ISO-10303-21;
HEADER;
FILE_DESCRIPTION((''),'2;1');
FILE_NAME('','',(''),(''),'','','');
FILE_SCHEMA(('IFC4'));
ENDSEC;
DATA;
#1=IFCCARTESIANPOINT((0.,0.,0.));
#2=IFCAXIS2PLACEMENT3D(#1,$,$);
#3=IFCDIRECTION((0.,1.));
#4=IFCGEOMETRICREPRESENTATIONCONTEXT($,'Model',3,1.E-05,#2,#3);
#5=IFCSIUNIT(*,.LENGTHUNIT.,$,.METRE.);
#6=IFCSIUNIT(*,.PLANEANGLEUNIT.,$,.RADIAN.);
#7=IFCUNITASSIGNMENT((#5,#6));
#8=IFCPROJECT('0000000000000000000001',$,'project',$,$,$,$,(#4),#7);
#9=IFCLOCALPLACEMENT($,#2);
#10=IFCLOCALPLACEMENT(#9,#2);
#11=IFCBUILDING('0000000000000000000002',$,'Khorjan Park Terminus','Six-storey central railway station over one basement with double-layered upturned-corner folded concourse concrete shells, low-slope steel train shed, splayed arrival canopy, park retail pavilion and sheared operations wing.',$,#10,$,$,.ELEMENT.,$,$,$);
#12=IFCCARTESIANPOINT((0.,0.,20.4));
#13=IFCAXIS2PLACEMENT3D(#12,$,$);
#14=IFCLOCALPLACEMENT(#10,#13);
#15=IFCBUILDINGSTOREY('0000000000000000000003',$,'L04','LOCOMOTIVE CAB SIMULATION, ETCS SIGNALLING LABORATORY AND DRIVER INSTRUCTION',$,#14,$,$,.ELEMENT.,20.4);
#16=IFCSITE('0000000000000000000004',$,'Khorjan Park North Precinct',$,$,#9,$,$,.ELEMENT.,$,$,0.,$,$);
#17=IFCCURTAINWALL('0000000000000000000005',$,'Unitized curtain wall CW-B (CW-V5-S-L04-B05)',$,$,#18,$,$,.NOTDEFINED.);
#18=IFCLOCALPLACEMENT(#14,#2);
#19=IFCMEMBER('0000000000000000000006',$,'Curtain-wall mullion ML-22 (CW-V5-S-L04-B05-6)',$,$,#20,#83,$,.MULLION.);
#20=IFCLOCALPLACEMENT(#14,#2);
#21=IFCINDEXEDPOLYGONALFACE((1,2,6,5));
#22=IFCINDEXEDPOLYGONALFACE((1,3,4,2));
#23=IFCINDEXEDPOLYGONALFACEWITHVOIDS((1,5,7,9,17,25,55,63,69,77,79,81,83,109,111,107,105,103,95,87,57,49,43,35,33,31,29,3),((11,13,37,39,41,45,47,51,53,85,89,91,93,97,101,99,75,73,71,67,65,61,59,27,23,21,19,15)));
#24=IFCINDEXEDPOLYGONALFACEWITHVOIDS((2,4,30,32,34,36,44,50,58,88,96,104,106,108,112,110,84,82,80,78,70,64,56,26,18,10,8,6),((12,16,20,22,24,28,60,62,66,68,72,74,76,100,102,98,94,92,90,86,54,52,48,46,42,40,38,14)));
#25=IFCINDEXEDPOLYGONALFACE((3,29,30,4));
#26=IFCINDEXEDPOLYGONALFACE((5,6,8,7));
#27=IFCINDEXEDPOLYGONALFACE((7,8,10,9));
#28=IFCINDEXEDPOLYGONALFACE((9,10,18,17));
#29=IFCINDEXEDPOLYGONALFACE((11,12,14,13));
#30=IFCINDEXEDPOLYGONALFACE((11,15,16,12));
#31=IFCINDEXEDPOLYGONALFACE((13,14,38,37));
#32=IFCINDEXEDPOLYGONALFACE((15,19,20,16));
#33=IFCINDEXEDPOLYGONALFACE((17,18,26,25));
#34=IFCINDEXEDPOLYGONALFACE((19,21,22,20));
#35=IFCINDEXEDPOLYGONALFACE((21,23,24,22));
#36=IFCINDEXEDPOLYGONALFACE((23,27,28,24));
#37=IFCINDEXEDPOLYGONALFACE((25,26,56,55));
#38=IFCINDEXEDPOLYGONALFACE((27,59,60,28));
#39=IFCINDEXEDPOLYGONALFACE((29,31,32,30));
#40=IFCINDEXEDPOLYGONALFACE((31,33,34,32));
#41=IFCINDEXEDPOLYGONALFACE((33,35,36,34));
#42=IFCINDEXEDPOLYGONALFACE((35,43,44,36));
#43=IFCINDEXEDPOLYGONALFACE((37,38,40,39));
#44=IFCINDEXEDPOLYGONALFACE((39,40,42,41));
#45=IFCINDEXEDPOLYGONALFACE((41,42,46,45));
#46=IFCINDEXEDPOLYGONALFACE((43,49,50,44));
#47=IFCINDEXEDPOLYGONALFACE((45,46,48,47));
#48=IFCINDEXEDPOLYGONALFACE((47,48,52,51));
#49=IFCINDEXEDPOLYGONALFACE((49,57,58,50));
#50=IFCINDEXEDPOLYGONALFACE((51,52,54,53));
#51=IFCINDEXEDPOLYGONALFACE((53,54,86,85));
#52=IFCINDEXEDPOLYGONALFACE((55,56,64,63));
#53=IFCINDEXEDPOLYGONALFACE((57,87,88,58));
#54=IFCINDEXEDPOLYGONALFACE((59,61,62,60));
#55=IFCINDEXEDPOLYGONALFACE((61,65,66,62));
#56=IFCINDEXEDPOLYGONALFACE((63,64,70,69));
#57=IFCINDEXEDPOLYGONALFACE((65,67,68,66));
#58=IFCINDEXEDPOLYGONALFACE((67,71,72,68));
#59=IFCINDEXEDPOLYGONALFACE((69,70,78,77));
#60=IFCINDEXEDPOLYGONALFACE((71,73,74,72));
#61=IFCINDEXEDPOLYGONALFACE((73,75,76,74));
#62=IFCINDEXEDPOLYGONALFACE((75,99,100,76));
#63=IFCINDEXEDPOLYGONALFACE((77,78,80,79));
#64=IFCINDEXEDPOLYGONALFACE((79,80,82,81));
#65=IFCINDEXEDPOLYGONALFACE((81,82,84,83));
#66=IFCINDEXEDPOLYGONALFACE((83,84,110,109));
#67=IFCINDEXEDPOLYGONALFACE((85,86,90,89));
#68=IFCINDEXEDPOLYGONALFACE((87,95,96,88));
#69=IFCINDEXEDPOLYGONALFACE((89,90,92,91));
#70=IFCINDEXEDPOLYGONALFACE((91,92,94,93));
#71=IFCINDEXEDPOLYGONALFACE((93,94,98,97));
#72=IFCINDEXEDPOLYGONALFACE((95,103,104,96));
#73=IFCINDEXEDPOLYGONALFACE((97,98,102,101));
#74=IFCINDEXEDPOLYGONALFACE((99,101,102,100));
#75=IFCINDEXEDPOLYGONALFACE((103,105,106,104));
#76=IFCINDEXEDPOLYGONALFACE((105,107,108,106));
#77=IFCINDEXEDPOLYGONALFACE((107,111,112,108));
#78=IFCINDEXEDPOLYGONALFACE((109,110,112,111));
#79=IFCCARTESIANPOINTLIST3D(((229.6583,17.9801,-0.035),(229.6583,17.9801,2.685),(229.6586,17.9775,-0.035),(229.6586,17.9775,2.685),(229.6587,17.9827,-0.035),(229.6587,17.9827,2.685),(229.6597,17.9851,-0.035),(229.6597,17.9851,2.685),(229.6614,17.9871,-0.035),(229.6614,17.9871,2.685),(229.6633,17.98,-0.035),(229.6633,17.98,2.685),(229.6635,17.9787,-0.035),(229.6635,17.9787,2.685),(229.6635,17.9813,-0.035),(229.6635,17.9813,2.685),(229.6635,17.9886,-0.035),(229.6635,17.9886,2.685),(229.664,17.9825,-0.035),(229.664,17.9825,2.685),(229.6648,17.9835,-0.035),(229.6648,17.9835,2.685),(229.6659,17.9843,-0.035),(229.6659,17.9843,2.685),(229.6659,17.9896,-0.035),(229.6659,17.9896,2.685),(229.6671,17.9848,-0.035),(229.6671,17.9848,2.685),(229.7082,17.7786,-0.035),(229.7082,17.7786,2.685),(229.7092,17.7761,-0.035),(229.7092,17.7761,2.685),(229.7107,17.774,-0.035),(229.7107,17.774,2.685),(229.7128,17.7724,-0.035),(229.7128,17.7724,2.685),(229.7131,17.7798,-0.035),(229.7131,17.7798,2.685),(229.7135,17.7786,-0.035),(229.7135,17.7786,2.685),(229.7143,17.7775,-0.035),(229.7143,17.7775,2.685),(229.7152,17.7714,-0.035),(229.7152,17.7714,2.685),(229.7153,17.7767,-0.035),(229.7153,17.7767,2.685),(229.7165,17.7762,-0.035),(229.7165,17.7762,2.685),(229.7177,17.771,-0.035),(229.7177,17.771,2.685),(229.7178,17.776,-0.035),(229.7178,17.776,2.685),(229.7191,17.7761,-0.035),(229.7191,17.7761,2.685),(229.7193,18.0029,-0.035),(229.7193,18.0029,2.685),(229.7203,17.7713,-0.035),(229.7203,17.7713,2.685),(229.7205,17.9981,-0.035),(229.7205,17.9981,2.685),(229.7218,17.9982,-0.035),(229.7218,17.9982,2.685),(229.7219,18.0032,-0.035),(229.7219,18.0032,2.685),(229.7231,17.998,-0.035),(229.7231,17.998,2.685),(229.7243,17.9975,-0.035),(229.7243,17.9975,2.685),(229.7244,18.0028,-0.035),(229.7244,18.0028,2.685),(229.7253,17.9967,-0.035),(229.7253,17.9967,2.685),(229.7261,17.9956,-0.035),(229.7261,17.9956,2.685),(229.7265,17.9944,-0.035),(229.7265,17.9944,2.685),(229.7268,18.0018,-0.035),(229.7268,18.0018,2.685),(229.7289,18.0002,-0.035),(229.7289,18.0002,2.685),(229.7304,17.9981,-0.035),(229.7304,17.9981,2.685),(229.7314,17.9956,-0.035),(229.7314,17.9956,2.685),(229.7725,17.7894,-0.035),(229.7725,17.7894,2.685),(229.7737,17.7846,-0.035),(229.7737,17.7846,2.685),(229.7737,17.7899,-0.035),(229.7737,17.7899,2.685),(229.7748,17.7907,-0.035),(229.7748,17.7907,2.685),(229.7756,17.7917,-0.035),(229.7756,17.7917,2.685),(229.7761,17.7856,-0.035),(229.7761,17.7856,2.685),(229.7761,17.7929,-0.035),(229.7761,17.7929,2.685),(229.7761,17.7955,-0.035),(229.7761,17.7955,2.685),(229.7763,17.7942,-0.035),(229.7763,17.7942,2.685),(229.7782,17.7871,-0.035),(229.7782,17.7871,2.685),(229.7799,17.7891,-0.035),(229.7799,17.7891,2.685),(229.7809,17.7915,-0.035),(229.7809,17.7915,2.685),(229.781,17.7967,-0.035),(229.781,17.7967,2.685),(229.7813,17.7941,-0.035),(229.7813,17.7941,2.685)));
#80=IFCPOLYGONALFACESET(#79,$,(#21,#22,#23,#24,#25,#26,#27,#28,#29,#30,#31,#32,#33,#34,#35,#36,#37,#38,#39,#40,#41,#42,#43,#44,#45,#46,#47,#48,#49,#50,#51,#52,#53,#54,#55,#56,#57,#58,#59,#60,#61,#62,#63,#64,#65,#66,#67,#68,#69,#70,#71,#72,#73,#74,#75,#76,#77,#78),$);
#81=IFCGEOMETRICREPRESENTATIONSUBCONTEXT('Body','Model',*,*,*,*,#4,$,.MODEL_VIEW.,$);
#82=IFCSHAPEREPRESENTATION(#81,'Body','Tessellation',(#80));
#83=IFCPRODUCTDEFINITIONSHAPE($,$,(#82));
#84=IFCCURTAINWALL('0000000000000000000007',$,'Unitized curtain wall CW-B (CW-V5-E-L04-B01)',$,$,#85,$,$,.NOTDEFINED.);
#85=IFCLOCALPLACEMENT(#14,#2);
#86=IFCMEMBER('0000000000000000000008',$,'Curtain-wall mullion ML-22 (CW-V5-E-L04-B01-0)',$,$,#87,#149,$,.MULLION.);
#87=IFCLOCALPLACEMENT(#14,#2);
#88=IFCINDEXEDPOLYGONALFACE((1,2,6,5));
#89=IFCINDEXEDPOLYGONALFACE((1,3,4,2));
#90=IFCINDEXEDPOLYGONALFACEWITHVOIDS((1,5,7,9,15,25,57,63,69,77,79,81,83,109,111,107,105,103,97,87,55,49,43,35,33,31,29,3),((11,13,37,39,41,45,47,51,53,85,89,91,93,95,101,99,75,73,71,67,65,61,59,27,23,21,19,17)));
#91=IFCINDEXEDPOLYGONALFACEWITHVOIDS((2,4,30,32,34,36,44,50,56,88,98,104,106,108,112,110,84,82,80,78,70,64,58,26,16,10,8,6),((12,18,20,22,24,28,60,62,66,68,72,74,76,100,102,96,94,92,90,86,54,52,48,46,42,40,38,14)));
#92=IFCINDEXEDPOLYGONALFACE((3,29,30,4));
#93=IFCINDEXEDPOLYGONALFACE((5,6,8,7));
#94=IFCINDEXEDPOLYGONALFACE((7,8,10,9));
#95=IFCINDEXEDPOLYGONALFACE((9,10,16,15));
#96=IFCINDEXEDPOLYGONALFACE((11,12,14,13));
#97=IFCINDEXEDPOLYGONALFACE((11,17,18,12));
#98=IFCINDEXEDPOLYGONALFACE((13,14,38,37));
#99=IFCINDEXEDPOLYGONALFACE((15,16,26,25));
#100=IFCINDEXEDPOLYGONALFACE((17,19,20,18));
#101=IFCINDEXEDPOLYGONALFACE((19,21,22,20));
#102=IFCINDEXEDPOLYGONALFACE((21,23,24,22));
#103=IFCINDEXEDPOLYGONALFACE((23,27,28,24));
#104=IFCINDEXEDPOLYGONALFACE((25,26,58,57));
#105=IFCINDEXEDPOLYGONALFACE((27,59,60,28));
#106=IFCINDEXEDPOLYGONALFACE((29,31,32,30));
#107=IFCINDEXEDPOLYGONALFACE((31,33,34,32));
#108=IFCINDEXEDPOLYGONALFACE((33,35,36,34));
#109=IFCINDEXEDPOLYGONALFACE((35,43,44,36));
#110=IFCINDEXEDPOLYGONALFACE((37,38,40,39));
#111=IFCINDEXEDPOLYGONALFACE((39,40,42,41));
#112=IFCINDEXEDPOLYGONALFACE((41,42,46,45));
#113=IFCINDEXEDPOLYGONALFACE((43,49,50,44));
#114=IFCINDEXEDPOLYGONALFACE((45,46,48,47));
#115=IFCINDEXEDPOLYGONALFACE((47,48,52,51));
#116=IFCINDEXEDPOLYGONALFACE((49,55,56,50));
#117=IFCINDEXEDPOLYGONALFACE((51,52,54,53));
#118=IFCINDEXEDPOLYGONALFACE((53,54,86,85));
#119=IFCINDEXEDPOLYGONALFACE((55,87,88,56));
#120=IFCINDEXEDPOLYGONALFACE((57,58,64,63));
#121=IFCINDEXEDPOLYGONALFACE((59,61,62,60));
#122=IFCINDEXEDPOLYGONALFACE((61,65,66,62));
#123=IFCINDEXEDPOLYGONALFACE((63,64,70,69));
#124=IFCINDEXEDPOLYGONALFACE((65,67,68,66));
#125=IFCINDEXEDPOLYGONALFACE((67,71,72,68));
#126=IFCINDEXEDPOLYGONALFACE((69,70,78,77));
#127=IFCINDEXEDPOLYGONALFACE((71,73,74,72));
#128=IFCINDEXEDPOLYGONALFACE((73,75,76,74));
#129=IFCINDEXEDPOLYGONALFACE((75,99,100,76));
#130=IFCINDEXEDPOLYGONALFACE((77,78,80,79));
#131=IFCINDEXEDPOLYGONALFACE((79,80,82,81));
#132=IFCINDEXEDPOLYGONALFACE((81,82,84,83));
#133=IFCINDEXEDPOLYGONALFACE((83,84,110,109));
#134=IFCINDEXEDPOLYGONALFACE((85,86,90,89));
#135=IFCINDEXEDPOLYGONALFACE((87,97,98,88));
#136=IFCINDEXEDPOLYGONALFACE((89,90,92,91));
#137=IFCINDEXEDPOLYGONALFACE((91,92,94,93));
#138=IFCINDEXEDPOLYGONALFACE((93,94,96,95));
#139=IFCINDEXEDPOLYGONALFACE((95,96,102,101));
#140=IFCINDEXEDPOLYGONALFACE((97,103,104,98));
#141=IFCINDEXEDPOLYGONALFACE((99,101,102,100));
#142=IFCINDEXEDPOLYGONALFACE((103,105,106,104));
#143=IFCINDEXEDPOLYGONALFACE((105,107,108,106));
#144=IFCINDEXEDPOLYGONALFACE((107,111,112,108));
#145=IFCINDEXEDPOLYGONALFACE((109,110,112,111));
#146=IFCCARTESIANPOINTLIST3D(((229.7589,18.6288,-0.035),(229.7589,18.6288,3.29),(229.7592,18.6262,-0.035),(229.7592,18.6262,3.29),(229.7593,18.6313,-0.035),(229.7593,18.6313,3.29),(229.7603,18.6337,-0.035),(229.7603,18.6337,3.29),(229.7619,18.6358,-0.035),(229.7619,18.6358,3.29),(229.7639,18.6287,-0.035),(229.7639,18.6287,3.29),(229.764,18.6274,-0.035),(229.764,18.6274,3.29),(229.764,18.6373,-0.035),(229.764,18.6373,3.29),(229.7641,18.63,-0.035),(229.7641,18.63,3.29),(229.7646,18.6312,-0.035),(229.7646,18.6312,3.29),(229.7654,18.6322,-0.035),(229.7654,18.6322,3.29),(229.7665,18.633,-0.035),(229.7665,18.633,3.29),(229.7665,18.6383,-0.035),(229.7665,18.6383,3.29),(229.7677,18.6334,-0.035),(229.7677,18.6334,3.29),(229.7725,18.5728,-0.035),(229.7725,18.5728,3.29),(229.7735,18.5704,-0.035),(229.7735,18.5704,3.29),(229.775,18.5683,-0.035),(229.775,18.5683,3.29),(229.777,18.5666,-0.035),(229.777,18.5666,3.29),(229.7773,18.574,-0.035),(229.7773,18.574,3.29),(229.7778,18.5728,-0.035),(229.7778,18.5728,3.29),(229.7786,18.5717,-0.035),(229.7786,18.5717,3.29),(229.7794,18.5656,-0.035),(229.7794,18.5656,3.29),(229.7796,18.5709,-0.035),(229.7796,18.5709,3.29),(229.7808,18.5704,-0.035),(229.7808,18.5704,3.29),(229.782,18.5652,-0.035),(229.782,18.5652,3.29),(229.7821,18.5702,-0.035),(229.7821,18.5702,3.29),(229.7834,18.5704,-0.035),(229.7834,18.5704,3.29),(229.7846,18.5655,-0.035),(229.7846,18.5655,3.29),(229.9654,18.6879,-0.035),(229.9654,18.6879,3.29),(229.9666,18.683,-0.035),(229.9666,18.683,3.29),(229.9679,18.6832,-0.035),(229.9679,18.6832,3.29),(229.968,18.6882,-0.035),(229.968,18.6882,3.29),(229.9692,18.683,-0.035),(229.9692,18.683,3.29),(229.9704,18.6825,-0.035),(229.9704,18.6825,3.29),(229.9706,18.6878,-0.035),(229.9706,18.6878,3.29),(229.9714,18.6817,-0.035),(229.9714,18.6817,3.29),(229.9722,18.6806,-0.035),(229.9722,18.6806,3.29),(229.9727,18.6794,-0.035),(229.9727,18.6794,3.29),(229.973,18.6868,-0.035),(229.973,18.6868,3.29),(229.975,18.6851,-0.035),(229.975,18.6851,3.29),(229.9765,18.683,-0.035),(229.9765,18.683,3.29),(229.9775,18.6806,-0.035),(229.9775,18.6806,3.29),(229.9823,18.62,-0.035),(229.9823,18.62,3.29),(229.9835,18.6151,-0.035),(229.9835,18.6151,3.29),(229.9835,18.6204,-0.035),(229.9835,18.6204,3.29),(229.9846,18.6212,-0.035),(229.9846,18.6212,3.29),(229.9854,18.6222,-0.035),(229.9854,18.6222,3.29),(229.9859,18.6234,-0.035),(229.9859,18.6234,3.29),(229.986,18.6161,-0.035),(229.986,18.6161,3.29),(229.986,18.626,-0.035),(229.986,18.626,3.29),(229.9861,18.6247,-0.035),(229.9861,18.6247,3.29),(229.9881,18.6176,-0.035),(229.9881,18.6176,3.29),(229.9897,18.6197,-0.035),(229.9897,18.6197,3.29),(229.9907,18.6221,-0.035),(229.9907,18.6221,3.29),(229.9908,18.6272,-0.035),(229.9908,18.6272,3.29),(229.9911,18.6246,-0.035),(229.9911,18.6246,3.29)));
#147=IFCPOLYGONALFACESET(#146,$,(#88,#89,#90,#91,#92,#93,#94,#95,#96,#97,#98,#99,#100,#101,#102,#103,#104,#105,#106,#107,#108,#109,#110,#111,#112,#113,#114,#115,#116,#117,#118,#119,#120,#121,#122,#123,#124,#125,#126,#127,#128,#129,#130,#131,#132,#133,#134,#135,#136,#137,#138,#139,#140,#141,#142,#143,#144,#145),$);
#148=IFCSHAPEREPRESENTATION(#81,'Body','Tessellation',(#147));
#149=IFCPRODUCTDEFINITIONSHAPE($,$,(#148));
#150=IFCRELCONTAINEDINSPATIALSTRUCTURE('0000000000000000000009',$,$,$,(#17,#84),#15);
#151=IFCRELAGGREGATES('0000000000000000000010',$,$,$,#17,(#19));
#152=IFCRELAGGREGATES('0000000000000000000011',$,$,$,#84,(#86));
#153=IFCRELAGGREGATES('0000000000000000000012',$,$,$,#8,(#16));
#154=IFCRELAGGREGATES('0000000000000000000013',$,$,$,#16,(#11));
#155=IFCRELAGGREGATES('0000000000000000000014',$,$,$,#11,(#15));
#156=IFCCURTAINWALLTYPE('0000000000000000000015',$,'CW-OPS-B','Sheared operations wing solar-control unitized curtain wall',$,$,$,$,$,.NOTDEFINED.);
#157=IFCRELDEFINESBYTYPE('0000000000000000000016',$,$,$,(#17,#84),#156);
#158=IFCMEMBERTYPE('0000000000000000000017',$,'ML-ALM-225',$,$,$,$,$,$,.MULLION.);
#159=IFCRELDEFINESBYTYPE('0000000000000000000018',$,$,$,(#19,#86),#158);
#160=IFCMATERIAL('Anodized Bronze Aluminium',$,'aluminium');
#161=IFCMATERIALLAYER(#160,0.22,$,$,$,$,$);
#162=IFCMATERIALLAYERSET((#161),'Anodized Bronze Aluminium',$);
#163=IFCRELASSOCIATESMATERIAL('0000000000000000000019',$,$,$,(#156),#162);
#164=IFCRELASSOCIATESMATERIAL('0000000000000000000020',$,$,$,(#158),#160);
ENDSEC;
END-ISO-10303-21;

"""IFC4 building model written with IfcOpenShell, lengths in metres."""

from ifc_helpers import new_model, si_unit, direction, frame, origin, origin_2d, place, context, subcontext, project, spatial, hollow_rectangle, extrude, material, layer, layer_set, material_profile, profile_set, type_object, element, aggregate, save


model = new_model("IFC4")

# Units and contexts
model_context = context("Model", 3, precision=1e-05, world=origin(), true_north=direction((0.0, 1.0)))
body_context = subcontext(model_context, "Body", "Model", "MODEL_VIEW")
ifc_project = project(units=[si_unit("LENGTHUNIT", "METRE"), si_unit("PLANEANGLEUNIT", "RADIAN")], contexts=[model_context])

# Site, building, storey
site_placement = place(None, origin())
site = spatial("IfcSite", under=ifc_project, at=site_placement, Name="Khorjan Park North Precinct", CompositionType="ELEMENT", RefElevation=0.0)
building_placement = place(site_placement, origin())
building = spatial("IfcBuilding", under=site, at=building_placement, Name="Khorjan Park Terminus", Description="Six-storey central railway station over one basement with double-layered upturned-corner folded concourse concrete shells, low-slope steel train shed, splayed arrival canopy, park retail pavilion and sheared operations wing.", CompositionType="ELEMENT")
storey_placement = place(building_placement, frame((0.0, 0.0, 20.4)))
storey = spatial("IfcBuildingStorey", under=building, at=storey_placement, Name="L04", Description="LOCOMOTIVE CAB SIMULATION, ETCS SIGNALLING LABORATORY AND DRIVER INSTRUCTION", CompositionType="ELEMENT", Elevation=20.4)

# Curtain wall, member
ifc_material_1 = material(Name="Anodized Bronze Aluminium", Category="aluminium")
ifc_layer_1 = layer(ifc_material_1, 0.22)
ifc_layer_set_1 = layer_set([ifc_layer_1], Name="Anodized Bronze Aluminium")
curtain_wall_type = type_object("IfcCurtainWallType", Name="CW-OPS-B", Description="Sheared operations wing solar-control unitized curtain wall", PredefinedType="NOTDEFINED", material=ifc_layer_set_1)
curtain_wall_1_placement = place(storey_placement, origin())
curtain_wall_1 = element("IfcCurtainWall", 1, at=curtain_wall_1_placement, inside=storey, type_object=curtain_wall_type, Name="Unitized curtain wall CW-B (CW-V5-S-L04-B05)", PredefinedType="NOTDEFINED")
ifc_material_profile_1 = material_profile(ifc_material_1, hollow_rectangle(XDim=0.075, YDim=0.225, WallThickness=0.005, InnerFilletRadius=0.005, OuterFilletRadius=0.01, at=origin_2d()), Name="ALM 75x225x5")
ifc_profile_set_1 = profile_set([ifc_material_profile_1], Name="Anodized Bronze Aluminium")
member_type_1 = type_object("IfcMemberType", Name="ML-ALM-225", PredefinedType="MULLION", material=ifc_profile_set_1)
member_1_placement = place(storey_placement, frame((229.7198, 17.8871, -0.035), z_axis=(0.0, 0.0, 1.0), x_axis=(0.970296, 0.241919, 0.0)))
member_1 = element("IfcMember", 2, at=member_1_placement, type_object=member_type_1, Name="Curtain-wall mullion ML-22 (CW-V5-S-L04-B05-6)", PredefinedType="MULLION", context=body_context, shape_type="SweptSolid", body=[
    extrude(hollow_rectangle(XDim=0.075, YDim=0.225, WallThickness=0.005, InnerFilletRadius=0.005, OuterFilletRadius=0.01, at=origin_2d()), origin(), (0.0, 0.0, 1.0), 2.72),
])

# Curtain wall, member
curtain_wall_2_placement = place(storey_placement, origin())
curtain_wall_2 = element("IfcCurtainWall", 3, at=curtain_wall_2_placement, inside=storey, type_object=curtain_wall_type, Name="Unitized curtain wall CW-B (CW-V5-E-L04-B01)", PredefinedType="NOTDEFINED")
member_2_placement = place(storey_placement, frame((229.875, 18.6267, -0.035), z_axis=(0.0, 0.0, 1.0), x_axis=(-0.24192, 0.970296, 0.0)))
member_2 = element("IfcMember", 4, at=member_2_placement, type_object=member_type_1, Name="Curtain-wall mullion ML-22 (CW-V5-E-L04-B01-0)", PredefinedType="MULLION", context=body_context, shape_type="SweptSolid", body=[
    extrude(hollow_rectangle(XDim=0.075, YDim=0.225, WallThickness=0.005, InnerFilletRadius=0.005, OuterFilletRadius=0.01, at=origin_2d()), origin(), (0.0, 0.0, 1.0), 3.325),
])

aggregate(curtain_wall_1, [member_1])
aggregate(curtain_wall_2, [member_2])

save(model, "model.ifc")
